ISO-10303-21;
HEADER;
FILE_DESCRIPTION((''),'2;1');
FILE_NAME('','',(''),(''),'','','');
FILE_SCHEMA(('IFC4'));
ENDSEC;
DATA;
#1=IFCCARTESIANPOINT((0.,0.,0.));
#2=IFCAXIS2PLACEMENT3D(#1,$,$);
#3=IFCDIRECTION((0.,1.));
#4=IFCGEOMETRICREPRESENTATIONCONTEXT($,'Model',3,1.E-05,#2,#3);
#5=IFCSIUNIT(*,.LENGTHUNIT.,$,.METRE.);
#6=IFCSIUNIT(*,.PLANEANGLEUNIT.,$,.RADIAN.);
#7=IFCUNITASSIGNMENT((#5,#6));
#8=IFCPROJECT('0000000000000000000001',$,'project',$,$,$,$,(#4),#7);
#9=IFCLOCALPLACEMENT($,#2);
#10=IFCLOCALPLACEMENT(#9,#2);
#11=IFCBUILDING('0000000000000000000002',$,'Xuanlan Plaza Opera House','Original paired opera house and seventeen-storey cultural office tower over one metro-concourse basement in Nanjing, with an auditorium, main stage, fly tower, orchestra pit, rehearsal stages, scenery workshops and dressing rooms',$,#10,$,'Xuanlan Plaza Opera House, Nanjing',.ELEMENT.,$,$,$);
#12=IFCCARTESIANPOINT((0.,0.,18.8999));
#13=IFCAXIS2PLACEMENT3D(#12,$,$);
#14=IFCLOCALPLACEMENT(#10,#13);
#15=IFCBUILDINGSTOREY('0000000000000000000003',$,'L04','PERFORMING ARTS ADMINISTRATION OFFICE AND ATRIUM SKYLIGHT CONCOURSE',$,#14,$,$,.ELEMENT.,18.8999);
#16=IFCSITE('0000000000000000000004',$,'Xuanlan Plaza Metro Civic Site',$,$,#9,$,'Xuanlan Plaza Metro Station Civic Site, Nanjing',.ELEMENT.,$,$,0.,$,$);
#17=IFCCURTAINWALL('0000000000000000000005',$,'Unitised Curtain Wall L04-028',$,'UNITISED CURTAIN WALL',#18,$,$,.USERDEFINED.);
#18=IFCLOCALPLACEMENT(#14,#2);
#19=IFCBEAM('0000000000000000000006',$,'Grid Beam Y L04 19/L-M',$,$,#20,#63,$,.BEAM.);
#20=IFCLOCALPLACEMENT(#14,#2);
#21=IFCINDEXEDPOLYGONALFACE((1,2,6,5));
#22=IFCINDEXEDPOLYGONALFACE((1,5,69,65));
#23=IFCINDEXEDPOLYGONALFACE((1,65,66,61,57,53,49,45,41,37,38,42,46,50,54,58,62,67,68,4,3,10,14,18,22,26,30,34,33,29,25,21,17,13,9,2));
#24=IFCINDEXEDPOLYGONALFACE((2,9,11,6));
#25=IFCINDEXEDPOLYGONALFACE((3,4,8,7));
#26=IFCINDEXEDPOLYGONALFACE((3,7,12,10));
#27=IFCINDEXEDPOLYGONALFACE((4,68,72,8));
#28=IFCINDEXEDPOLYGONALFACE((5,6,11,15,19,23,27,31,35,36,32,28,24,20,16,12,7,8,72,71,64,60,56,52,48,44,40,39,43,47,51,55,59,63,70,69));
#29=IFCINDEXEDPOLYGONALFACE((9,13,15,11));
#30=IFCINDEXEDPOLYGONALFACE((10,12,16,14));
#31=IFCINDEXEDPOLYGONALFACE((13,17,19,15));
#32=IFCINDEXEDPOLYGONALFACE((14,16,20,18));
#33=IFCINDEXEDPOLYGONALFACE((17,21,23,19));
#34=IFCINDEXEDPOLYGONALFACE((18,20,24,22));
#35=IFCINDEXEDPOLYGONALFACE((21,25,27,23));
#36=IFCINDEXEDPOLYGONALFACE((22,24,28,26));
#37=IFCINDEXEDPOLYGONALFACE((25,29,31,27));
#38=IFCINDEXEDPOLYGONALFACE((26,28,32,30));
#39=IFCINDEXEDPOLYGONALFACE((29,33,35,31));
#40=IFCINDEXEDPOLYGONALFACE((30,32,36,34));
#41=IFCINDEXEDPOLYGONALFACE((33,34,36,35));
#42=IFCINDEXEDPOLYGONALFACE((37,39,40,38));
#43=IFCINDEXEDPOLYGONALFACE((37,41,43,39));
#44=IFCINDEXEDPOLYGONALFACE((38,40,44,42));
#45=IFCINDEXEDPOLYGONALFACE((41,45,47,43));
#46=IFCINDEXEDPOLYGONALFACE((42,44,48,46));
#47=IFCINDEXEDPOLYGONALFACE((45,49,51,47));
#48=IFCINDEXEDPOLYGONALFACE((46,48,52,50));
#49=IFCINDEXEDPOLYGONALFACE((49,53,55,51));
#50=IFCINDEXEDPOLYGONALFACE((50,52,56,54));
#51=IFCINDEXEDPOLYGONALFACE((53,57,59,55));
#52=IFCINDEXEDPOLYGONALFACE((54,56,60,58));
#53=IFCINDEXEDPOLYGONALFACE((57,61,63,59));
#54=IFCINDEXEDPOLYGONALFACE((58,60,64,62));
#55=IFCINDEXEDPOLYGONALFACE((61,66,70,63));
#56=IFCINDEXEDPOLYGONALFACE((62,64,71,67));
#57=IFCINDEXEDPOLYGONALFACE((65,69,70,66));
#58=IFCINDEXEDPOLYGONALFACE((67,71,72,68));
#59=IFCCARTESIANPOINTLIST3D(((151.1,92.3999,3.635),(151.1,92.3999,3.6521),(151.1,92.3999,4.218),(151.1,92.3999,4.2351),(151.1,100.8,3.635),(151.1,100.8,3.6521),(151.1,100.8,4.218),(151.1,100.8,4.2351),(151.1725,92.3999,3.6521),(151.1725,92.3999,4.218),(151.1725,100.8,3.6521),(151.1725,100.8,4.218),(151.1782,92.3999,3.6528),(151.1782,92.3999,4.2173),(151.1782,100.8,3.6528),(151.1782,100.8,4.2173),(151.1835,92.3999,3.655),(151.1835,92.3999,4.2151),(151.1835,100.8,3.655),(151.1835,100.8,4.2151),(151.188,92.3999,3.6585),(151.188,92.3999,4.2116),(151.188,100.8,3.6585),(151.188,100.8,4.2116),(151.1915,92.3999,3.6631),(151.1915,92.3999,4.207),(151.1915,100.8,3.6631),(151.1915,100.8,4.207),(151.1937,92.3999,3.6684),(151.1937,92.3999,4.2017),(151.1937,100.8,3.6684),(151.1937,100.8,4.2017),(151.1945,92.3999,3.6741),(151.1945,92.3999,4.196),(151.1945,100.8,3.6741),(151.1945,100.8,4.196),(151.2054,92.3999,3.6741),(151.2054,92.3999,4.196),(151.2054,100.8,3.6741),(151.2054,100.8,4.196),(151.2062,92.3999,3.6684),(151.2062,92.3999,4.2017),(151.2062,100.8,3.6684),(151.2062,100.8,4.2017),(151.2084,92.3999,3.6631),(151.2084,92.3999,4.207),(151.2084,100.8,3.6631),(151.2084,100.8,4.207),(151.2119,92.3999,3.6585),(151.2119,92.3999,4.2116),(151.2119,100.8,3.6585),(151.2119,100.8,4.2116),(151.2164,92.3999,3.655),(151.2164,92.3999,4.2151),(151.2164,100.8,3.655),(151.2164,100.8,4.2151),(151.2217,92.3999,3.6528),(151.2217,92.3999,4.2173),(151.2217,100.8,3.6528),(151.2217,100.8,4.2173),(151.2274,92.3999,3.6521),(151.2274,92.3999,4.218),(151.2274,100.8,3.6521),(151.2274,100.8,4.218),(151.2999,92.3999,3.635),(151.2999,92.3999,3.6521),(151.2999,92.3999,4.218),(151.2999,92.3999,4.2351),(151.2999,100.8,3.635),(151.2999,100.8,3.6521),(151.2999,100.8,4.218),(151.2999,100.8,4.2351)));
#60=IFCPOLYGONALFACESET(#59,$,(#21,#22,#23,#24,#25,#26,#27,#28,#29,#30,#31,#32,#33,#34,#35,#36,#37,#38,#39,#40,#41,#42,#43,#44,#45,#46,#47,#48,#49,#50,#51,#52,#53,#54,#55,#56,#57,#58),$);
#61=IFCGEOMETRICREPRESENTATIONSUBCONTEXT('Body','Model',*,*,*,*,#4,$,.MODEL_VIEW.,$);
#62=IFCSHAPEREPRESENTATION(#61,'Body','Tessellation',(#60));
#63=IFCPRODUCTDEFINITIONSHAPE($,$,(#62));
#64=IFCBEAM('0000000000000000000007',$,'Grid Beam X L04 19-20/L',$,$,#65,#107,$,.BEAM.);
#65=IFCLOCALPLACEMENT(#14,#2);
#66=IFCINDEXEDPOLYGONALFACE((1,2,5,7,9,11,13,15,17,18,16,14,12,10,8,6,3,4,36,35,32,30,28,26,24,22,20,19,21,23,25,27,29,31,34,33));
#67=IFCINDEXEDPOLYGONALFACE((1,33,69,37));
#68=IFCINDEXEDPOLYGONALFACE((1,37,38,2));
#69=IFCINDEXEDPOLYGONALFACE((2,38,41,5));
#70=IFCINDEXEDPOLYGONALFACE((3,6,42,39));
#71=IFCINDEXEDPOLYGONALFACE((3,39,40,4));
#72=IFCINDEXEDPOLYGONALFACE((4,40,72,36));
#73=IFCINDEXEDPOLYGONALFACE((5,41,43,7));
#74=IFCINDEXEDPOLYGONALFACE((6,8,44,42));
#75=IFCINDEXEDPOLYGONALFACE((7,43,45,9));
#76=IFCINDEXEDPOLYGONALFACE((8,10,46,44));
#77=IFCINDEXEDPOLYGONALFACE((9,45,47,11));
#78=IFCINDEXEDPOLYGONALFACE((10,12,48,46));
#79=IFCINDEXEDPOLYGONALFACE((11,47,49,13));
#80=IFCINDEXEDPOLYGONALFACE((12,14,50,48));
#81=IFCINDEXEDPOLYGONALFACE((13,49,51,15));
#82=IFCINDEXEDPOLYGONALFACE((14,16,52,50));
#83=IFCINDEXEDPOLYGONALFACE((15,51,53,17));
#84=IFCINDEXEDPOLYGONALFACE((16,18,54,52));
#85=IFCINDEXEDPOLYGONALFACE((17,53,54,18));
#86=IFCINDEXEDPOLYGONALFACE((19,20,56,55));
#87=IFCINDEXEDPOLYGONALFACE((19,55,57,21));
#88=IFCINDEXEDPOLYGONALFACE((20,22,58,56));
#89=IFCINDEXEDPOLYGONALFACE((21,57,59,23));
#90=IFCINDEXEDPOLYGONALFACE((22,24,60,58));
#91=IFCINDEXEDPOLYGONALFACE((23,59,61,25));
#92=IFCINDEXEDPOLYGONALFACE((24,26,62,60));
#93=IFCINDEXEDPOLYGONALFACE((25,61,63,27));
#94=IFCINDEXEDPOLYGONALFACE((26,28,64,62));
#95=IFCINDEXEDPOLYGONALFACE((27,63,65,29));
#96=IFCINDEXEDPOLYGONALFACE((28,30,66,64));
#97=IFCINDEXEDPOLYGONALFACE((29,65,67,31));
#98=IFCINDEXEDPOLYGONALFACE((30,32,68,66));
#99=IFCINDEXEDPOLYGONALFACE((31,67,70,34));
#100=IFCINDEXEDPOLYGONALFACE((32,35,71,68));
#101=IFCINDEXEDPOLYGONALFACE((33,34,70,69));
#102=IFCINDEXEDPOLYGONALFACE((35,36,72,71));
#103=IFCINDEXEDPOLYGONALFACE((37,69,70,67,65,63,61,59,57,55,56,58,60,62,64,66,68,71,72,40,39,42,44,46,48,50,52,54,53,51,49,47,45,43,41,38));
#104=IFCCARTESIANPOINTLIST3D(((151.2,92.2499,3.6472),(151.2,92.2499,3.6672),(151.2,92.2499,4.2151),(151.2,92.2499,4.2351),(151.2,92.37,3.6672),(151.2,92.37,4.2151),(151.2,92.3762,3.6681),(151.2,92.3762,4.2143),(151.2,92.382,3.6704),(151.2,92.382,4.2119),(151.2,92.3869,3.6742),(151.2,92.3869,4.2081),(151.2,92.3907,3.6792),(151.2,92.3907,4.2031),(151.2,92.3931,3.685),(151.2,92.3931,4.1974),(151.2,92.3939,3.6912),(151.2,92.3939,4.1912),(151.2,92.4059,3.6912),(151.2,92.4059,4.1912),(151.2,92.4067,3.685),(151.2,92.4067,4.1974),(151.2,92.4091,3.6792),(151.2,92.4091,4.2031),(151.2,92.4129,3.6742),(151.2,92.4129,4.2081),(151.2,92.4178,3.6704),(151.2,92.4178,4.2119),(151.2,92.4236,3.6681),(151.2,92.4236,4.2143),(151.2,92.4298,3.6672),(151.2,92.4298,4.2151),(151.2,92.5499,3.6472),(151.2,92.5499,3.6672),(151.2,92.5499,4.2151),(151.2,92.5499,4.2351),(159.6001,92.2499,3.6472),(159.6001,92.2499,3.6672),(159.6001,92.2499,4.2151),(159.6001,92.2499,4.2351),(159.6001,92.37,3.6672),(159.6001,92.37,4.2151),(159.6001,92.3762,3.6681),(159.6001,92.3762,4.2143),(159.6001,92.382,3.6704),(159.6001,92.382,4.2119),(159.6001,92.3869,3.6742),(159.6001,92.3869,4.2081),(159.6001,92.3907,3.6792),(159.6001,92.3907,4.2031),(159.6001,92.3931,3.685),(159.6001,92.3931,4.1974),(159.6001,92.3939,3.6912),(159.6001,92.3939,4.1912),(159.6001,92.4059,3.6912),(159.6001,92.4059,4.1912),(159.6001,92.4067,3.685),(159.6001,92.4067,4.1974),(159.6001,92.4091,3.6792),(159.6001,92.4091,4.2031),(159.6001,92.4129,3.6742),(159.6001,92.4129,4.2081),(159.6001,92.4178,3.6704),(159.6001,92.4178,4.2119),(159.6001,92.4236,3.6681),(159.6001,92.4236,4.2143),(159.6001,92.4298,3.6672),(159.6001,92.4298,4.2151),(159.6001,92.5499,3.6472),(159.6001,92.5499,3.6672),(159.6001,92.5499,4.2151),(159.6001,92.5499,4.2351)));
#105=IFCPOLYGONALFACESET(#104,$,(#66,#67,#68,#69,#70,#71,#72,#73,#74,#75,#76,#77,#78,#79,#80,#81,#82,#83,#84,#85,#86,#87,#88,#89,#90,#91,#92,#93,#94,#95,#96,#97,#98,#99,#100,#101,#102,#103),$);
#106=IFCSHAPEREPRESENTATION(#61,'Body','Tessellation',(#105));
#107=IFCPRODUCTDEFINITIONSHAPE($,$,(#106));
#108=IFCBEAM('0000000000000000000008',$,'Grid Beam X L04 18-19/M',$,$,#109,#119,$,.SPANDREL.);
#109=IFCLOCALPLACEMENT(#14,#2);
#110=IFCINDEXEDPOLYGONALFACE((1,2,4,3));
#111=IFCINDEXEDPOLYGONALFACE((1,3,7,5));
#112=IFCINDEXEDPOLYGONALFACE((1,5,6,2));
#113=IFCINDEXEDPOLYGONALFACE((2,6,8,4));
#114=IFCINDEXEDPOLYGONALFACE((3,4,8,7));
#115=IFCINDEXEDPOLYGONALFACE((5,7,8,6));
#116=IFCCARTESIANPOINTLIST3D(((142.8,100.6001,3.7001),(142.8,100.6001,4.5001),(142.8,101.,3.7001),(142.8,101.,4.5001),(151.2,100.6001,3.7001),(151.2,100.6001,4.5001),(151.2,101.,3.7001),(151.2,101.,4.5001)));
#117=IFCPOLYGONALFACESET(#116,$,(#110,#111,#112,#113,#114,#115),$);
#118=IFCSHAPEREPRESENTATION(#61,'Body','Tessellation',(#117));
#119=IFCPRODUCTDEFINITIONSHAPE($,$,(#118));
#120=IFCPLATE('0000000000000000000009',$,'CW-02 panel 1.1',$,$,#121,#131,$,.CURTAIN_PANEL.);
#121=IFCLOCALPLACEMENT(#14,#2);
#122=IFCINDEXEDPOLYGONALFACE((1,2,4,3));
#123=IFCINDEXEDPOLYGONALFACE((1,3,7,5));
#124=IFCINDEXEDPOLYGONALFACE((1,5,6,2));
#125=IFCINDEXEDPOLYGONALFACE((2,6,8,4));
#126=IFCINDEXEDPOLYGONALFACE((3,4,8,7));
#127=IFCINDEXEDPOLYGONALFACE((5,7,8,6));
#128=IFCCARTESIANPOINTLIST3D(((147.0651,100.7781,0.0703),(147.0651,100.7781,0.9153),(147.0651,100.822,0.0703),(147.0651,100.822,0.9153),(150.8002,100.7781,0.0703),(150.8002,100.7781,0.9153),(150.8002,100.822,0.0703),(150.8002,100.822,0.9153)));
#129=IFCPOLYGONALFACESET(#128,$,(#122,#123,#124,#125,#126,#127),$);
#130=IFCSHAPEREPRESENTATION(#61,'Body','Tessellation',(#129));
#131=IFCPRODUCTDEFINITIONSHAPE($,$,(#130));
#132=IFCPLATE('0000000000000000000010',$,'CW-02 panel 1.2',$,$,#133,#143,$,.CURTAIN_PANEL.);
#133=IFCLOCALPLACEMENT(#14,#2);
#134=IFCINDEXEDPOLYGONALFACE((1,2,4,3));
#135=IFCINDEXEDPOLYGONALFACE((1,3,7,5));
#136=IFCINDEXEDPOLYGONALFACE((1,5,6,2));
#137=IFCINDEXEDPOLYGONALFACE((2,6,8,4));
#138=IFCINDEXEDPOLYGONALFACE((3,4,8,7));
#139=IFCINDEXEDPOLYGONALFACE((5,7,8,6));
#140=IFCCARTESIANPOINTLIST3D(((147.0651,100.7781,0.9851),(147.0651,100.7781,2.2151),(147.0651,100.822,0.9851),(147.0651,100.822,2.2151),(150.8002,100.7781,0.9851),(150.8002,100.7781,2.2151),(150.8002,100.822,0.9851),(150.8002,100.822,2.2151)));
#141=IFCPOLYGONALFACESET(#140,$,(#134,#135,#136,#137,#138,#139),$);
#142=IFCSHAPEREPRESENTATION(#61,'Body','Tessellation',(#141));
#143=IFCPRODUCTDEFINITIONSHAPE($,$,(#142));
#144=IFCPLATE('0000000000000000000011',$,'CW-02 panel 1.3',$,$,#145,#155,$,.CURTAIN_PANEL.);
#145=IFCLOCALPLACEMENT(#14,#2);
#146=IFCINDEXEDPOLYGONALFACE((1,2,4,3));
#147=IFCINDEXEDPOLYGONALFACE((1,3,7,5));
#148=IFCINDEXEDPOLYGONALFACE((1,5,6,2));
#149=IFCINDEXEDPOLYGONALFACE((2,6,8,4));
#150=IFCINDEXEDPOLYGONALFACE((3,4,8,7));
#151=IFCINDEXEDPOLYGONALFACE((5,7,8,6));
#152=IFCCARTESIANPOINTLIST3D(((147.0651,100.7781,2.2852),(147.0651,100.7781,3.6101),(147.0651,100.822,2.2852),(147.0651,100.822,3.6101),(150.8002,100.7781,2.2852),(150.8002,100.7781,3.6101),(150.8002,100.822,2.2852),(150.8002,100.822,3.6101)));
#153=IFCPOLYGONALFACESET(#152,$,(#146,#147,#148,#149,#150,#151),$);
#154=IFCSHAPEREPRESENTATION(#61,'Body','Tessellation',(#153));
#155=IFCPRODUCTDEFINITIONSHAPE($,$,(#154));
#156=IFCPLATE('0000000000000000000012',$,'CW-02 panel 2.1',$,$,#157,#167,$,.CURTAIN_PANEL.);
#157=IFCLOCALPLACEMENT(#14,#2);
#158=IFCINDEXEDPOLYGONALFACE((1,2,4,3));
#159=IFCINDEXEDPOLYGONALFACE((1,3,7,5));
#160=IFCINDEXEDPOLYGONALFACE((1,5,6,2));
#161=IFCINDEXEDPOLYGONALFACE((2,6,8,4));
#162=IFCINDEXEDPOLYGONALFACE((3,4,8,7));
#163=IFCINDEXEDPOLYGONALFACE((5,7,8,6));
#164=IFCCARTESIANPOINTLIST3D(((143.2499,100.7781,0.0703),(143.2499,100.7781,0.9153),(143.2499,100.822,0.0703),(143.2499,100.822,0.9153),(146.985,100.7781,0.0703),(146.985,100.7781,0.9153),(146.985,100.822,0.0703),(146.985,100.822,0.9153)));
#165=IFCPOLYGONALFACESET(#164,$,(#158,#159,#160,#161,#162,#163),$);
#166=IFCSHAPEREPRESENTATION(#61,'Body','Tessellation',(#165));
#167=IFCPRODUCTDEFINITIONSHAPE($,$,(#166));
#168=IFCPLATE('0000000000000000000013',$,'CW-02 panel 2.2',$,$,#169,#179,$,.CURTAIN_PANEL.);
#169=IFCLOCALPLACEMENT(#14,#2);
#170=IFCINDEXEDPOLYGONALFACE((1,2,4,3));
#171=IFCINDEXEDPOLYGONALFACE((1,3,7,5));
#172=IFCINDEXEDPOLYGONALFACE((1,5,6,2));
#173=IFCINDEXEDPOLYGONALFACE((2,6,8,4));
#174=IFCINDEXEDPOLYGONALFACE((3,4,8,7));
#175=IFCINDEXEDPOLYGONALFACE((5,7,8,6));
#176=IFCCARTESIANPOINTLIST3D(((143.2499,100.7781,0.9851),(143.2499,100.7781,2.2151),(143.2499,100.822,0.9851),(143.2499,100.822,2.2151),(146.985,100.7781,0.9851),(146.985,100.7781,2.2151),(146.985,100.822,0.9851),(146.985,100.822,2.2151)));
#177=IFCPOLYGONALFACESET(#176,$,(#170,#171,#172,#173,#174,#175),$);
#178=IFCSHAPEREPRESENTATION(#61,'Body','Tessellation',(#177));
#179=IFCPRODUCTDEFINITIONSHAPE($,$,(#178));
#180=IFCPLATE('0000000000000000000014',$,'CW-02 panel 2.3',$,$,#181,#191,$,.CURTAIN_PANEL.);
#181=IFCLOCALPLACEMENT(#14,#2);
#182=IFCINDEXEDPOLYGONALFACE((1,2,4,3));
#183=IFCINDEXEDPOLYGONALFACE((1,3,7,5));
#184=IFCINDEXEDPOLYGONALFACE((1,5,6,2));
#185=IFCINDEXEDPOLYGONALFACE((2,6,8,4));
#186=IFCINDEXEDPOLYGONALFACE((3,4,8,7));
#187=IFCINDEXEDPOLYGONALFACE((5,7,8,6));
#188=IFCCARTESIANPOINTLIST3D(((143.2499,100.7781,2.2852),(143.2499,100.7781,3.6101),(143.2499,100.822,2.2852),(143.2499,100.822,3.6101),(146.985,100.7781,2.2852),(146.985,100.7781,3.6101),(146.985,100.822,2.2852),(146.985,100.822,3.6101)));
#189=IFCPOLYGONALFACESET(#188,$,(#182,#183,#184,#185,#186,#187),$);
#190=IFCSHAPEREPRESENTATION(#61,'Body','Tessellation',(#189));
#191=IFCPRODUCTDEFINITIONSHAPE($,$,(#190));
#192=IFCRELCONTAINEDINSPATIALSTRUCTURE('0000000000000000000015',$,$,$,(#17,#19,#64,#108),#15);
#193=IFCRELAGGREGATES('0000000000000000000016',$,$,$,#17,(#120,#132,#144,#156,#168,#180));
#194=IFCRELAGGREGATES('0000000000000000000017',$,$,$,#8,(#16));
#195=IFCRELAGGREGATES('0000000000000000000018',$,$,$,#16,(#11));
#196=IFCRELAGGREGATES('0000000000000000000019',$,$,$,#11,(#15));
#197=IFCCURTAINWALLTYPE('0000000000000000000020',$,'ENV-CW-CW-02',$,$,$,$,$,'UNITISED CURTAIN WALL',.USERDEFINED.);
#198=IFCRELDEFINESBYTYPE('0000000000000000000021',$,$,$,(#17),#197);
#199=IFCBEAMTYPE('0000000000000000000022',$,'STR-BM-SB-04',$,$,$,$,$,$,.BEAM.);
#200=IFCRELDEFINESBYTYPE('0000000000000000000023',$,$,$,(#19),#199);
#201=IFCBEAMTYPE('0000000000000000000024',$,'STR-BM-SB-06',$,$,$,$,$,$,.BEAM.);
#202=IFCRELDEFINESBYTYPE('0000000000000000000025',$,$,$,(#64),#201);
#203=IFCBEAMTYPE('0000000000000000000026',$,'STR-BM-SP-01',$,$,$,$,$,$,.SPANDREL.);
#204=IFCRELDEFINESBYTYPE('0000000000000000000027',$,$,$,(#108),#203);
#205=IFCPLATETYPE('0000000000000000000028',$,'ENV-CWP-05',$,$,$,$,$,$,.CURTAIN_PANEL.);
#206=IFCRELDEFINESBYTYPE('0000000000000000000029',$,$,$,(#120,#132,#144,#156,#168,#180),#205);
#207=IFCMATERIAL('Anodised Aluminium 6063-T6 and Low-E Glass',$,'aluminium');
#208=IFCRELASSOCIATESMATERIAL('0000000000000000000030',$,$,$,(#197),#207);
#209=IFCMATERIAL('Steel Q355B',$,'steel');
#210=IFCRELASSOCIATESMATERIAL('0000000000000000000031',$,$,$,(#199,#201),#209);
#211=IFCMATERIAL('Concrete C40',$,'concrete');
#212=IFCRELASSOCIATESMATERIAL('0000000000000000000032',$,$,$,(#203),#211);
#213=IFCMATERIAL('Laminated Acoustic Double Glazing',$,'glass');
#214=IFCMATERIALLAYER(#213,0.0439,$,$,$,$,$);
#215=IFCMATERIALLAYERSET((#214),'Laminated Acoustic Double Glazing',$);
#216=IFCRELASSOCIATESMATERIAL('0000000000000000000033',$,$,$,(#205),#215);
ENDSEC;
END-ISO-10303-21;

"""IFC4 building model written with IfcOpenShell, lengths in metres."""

from ifc_helpers import new_model, si_unit, direction, frame, origin, origin_2d, place, context, subcontext, project, spatial, rectangle, i_section, extrude, material, layer, layer_set, material_profile, profile_set, type_object, element, aggregate, save


model = new_model("IFC4")

# Units and contexts
model_context = context("Model", 3, precision=1e-05, world=origin(), true_north=direction((0.0, 1.0)))
body_context = subcontext(model_context, "Body", "Model", "MODEL_VIEW")
ifc_project = project(units=[si_unit("LENGTHUNIT", "METRE"), si_unit("PLANEANGLEUNIT", "RADIAN")], contexts=[model_context])

# Site, building, storey
site_placement = place(None, origin())
site = spatial("IfcSite", under=ifc_project, at=site_placement, Name="Xuanlan Plaza Metro Civic Site", LongName="Xuanlan Plaza Metro Station Civic Site, Nanjing", CompositionType="ELEMENT", RefElevation=0.0)
building_placement = place(site_placement, origin())
building = spatial("IfcBuilding", under=site, at=building_placement, Name="Xuanlan Plaza Opera House", Description="Original paired opera house and seventeen-storey cultural office tower over one metro-concourse basement in Nanjing, with an auditorium, main stage, fly tower, orchestra pit, rehearsal stages, scenery workshops and dressing rooms", LongName="Xuanlan Plaza Opera House, Nanjing", CompositionType="ELEMENT")
storey_placement = place(building_placement, frame((0.0, 0.0, 18.8999)))
storey = spatial("IfcBuildingStorey", under=building, at=storey_placement, Name="L04", Description="PERFORMING ARTS ADMINISTRATION OFFICE AND ATRIUM SKYLIGHT CONCOURSE", CompositionType="ELEMENT", Elevation=18.8999)

# Shared definitions
ifc_material_1 = material(Name="Concrete C40", Category="concrete")

# Curtain wall
ifc_material_2 = material(Name="Anodised Aluminium 6063-T6 and Low-E Glass", Category="aluminium")
curtain_wall_type = type_object("IfcCurtainWallType", Name="ENV-CW-CW-02", ElementType="UNITISED CURTAIN WALL", PredefinedType="USERDEFINED", material=ifc_material_2)
curtain_wall_placement = place(storey_placement, origin())
curtain_wall = element("IfcCurtainWall", 1, at=curtain_wall_placement, inside=storey, type_object=curtain_wall_type, Name="Unitised Curtain Wall L04-028", ObjectType="UNITISED CURTAIN WALL", PredefinedType="USERDEFINED")

# Beams
ifc_material_3 = material(Name="Steel Q355B", Category="steel")
ifc_material_profile_1 = material_profile(ifc_material_3, i_section(OverallWidth=0.2, OverallDepth=0.6001, WebThickness=0.011, FlangeThickness=0.0171, FilletRadius=0.022, at=origin_2d()), Name="HN 600x200x11x17")
ifc_profile_set_1 = profile_set([ifc_material_profile_1], Name="Steel Q355B")
beam_type_1 = type_object("IfcBeamType", Name="STR-BM-SB-04", PredefinedType="BEAM", material=ifc_profile_set_1)
beam_1_placement = place(storey_placement, frame((151.2, 92.3999, 3.9351), z_axis=(0.0, 1.0, 0.0), x_axis=(-1.0, 0.0, 0.0)))
element("IfcBeam", 2, at=beam_1_placement, inside=storey, type_object=beam_type_1, Name="Grid Beam Y L04 19/L-M", PredefinedType="BEAM", context=body_context, shape_type="SweptSolid", body=[
    extrude(i_section(OverallWidth=0.2, OverallDepth=0.6001, WebThickness=0.011, FlangeThickness=0.0171, FilletRadius=0.022, at=origin_2d()), origin(), (0.0, 0.0, 1.0), 8.4001),
])
ifc_material_profile_2 = material_profile(ifc_material_3, i_section(OverallWidth=0.3, OverallDepth=0.5879, WebThickness=0.012, FlangeThickness=0.02, FilletRadius=0.0239, at=origin_2d()), Name="HM 588x300x12x20")
ifc_profile_set_2 = profile_set([ifc_material_profile_2], Name="Steel Q355B")
beam_type_2 = type_object("IfcBeamType", Name="STR-BM-SB-06", PredefinedType="BEAM", material=ifc_profile_set_2)
beam_2_placement = place(storey_placement, frame((151.2, 92.3999, 3.9412), z_axis=(1.0, 0.0, 0.0), x_axis=(0.0, 1.0, 0.0)))
element("IfcBeam", 3, at=beam_2_placement, inside=storey, type_object=beam_type_2, Name="Grid Beam X L04 19-20/L", PredefinedType="BEAM", context=body_context, shape_type="SweptSolid", body=[
    extrude(i_section(OverallWidth=0.3, OverallDepth=0.5879, WebThickness=0.012, FlangeThickness=0.02, FilletRadius=0.0239, at=origin_2d()), origin(), (0.0, 0.0, 1.0), 8.4001),
])
ifc_material_profile_3 = material_profile(ifc_material_1, rectangle(XDim=0.3999, YDim=0.8, at=origin_2d()), Name="RC-SPD 400x800")
ifc_profile_set_3 = profile_set([ifc_material_profile_3], Name="Concrete C40")
beam_type_3 = type_object("IfcBeamType", Name="STR-BM-SP-01", PredefinedType="SPANDREL", material=ifc_profile_set_3)
beam_3_placement = place(storey_placement, frame((142.8, 100.8, 4.1001), z_axis=(1.0, 0.0, 0.0), x_axis=(0.0, 1.0, 0.0)))
element("IfcBeam", 4, at=beam_3_placement, inside=storey, type_object=beam_type_3, Name="Grid Beam X L04 18-19/M", PredefinedType="SPANDREL", context=body_context, shape_type="SweptSolid", body=[
    extrude(rectangle(XDim=0.3999, YDim=0.8, at=origin_2d()), origin(), (0.0, 0.0, 1.0), 8.3999),
])

# Plates
ifc_material_4 = material(Name="Laminated Acoustic Double Glazing", Category="glass")
ifc_layer = layer(ifc_material_4, 0.0439)
ifc_layer_set = layer_set([ifc_layer], Name="Laminated Acoustic Double Glazing")
plate_type = type_object("IfcPlateType", Name="ENV-CWP-05", PredefinedType="CURTAIN_PANEL", material=ifc_layer_set)
plate_1_placement = place(storey_placement, frame((148.9326, 100.8, 0.0703), z_axis=(0.0, 0.0, 1.0), x_axis=(-1.0, 0.0, 0.0)))
plate_1 = element("IfcPlate", 5, at=plate_1_placement, type_object=plate_type, Name="CW-02 panel 1.1", PredefinedType="CURTAIN_PANEL", context=body_context, shape_type="SweptSolid", body=[
    extrude(rectangle(XDim=3.7351, YDim=0.0439, at=origin_2d()), origin(), (0.0, 0.0, 1.0), 0.845),
])
plate_2_placement = place(storey_placement, frame((148.9326, 100.8, 0.9851), z_axis=(0.0, 0.0, 1.0), x_axis=(-1.0, 0.0, 0.0)))
plate_2 = element("IfcPlate", 6, at=plate_2_placement, type_object=plate_type, Name="CW-02 panel 1.2", PredefinedType="CURTAIN_PANEL", context=body_context, shape_type="SweptSolid", body=[
    extrude(rectangle(XDim=3.7351, YDim=0.0439, at=origin_2d()), origin(), (0.0, 0.0, 1.0), 1.23),
])
plate_3_placement = place(storey_placement, frame((148.9326, 100.8, 2.2852), z_axis=(0.0, 0.0, 1.0), x_axis=(-1.0, 0.0, 0.0)))
plate_3 = element("IfcPlate", 7, at=plate_3_placement, type_object=plate_type, Name="CW-02 panel 1.3", PredefinedType="CURTAIN_PANEL", context=body_context, shape_type="SweptSolid", body=[
    extrude(rectangle(XDim=3.7351, YDim=0.0439, at=origin_2d()), origin(), (0.0, 0.0, 1.0), 1.325),
])
plate_4_placement = place(storey_placement, frame((145.1174, 100.8, 0.0703), z_axis=(0.0, 0.0, 1.0), x_axis=(-1.0, 0.0, 0.0)))
plate_4 = element("IfcPlate", 8, at=plate_4_placement, type_object=plate_type, Name="CW-02 panel 2.1", PredefinedType="CURTAIN_PANEL", context=body_context, shape_type="SweptSolid", body=[
    extrude(rectangle(XDim=3.7351, YDim=0.0439, at=origin_2d()), origin(), (0.0, 0.0, 1.0), 0.845),
])
plate_5_placement = place(storey_placement, frame((145.1174, 100.8, 0.9851), z_axis=(0.0, 0.0, 1.0), x_axis=(-1.0, 0.0, 0.0)))
plate_5 = element("IfcPlate", 9, at=plate_5_placement, type_object=plate_type, Name="CW-02 panel 2.2", PredefinedType="CURTAIN_PANEL", context=body_context, shape_type="SweptSolid", body=[
    extrude(rectangle(XDim=3.7351, YDim=0.0439, at=origin_2d()), origin(), (0.0, 0.0, 1.0), 1.23),
])
plate_6_placement = place(storey_placement, frame((145.1174, 100.8, 2.2852), z_axis=(0.0, 0.0, 1.0), x_axis=(-1.0, 0.0, 0.0)))
plate_6 = element("IfcPlate", 10, at=plate_6_placement, type_object=plate_type, Name="CW-02 panel 2.3", PredefinedType="CURTAIN_PANEL", context=body_context, shape_type="SweptSolid", body=[
    extrude(rectangle(XDim=3.7351, YDim=0.0439, at=origin_2d()), origin(), (0.0, 0.0, 1.0), 1.325),
])
aggregate(curtain_wall, [plate_1, plate_2, plate_3, plate_4, plate_5, plate_6])

save(model, "model.ifc")
